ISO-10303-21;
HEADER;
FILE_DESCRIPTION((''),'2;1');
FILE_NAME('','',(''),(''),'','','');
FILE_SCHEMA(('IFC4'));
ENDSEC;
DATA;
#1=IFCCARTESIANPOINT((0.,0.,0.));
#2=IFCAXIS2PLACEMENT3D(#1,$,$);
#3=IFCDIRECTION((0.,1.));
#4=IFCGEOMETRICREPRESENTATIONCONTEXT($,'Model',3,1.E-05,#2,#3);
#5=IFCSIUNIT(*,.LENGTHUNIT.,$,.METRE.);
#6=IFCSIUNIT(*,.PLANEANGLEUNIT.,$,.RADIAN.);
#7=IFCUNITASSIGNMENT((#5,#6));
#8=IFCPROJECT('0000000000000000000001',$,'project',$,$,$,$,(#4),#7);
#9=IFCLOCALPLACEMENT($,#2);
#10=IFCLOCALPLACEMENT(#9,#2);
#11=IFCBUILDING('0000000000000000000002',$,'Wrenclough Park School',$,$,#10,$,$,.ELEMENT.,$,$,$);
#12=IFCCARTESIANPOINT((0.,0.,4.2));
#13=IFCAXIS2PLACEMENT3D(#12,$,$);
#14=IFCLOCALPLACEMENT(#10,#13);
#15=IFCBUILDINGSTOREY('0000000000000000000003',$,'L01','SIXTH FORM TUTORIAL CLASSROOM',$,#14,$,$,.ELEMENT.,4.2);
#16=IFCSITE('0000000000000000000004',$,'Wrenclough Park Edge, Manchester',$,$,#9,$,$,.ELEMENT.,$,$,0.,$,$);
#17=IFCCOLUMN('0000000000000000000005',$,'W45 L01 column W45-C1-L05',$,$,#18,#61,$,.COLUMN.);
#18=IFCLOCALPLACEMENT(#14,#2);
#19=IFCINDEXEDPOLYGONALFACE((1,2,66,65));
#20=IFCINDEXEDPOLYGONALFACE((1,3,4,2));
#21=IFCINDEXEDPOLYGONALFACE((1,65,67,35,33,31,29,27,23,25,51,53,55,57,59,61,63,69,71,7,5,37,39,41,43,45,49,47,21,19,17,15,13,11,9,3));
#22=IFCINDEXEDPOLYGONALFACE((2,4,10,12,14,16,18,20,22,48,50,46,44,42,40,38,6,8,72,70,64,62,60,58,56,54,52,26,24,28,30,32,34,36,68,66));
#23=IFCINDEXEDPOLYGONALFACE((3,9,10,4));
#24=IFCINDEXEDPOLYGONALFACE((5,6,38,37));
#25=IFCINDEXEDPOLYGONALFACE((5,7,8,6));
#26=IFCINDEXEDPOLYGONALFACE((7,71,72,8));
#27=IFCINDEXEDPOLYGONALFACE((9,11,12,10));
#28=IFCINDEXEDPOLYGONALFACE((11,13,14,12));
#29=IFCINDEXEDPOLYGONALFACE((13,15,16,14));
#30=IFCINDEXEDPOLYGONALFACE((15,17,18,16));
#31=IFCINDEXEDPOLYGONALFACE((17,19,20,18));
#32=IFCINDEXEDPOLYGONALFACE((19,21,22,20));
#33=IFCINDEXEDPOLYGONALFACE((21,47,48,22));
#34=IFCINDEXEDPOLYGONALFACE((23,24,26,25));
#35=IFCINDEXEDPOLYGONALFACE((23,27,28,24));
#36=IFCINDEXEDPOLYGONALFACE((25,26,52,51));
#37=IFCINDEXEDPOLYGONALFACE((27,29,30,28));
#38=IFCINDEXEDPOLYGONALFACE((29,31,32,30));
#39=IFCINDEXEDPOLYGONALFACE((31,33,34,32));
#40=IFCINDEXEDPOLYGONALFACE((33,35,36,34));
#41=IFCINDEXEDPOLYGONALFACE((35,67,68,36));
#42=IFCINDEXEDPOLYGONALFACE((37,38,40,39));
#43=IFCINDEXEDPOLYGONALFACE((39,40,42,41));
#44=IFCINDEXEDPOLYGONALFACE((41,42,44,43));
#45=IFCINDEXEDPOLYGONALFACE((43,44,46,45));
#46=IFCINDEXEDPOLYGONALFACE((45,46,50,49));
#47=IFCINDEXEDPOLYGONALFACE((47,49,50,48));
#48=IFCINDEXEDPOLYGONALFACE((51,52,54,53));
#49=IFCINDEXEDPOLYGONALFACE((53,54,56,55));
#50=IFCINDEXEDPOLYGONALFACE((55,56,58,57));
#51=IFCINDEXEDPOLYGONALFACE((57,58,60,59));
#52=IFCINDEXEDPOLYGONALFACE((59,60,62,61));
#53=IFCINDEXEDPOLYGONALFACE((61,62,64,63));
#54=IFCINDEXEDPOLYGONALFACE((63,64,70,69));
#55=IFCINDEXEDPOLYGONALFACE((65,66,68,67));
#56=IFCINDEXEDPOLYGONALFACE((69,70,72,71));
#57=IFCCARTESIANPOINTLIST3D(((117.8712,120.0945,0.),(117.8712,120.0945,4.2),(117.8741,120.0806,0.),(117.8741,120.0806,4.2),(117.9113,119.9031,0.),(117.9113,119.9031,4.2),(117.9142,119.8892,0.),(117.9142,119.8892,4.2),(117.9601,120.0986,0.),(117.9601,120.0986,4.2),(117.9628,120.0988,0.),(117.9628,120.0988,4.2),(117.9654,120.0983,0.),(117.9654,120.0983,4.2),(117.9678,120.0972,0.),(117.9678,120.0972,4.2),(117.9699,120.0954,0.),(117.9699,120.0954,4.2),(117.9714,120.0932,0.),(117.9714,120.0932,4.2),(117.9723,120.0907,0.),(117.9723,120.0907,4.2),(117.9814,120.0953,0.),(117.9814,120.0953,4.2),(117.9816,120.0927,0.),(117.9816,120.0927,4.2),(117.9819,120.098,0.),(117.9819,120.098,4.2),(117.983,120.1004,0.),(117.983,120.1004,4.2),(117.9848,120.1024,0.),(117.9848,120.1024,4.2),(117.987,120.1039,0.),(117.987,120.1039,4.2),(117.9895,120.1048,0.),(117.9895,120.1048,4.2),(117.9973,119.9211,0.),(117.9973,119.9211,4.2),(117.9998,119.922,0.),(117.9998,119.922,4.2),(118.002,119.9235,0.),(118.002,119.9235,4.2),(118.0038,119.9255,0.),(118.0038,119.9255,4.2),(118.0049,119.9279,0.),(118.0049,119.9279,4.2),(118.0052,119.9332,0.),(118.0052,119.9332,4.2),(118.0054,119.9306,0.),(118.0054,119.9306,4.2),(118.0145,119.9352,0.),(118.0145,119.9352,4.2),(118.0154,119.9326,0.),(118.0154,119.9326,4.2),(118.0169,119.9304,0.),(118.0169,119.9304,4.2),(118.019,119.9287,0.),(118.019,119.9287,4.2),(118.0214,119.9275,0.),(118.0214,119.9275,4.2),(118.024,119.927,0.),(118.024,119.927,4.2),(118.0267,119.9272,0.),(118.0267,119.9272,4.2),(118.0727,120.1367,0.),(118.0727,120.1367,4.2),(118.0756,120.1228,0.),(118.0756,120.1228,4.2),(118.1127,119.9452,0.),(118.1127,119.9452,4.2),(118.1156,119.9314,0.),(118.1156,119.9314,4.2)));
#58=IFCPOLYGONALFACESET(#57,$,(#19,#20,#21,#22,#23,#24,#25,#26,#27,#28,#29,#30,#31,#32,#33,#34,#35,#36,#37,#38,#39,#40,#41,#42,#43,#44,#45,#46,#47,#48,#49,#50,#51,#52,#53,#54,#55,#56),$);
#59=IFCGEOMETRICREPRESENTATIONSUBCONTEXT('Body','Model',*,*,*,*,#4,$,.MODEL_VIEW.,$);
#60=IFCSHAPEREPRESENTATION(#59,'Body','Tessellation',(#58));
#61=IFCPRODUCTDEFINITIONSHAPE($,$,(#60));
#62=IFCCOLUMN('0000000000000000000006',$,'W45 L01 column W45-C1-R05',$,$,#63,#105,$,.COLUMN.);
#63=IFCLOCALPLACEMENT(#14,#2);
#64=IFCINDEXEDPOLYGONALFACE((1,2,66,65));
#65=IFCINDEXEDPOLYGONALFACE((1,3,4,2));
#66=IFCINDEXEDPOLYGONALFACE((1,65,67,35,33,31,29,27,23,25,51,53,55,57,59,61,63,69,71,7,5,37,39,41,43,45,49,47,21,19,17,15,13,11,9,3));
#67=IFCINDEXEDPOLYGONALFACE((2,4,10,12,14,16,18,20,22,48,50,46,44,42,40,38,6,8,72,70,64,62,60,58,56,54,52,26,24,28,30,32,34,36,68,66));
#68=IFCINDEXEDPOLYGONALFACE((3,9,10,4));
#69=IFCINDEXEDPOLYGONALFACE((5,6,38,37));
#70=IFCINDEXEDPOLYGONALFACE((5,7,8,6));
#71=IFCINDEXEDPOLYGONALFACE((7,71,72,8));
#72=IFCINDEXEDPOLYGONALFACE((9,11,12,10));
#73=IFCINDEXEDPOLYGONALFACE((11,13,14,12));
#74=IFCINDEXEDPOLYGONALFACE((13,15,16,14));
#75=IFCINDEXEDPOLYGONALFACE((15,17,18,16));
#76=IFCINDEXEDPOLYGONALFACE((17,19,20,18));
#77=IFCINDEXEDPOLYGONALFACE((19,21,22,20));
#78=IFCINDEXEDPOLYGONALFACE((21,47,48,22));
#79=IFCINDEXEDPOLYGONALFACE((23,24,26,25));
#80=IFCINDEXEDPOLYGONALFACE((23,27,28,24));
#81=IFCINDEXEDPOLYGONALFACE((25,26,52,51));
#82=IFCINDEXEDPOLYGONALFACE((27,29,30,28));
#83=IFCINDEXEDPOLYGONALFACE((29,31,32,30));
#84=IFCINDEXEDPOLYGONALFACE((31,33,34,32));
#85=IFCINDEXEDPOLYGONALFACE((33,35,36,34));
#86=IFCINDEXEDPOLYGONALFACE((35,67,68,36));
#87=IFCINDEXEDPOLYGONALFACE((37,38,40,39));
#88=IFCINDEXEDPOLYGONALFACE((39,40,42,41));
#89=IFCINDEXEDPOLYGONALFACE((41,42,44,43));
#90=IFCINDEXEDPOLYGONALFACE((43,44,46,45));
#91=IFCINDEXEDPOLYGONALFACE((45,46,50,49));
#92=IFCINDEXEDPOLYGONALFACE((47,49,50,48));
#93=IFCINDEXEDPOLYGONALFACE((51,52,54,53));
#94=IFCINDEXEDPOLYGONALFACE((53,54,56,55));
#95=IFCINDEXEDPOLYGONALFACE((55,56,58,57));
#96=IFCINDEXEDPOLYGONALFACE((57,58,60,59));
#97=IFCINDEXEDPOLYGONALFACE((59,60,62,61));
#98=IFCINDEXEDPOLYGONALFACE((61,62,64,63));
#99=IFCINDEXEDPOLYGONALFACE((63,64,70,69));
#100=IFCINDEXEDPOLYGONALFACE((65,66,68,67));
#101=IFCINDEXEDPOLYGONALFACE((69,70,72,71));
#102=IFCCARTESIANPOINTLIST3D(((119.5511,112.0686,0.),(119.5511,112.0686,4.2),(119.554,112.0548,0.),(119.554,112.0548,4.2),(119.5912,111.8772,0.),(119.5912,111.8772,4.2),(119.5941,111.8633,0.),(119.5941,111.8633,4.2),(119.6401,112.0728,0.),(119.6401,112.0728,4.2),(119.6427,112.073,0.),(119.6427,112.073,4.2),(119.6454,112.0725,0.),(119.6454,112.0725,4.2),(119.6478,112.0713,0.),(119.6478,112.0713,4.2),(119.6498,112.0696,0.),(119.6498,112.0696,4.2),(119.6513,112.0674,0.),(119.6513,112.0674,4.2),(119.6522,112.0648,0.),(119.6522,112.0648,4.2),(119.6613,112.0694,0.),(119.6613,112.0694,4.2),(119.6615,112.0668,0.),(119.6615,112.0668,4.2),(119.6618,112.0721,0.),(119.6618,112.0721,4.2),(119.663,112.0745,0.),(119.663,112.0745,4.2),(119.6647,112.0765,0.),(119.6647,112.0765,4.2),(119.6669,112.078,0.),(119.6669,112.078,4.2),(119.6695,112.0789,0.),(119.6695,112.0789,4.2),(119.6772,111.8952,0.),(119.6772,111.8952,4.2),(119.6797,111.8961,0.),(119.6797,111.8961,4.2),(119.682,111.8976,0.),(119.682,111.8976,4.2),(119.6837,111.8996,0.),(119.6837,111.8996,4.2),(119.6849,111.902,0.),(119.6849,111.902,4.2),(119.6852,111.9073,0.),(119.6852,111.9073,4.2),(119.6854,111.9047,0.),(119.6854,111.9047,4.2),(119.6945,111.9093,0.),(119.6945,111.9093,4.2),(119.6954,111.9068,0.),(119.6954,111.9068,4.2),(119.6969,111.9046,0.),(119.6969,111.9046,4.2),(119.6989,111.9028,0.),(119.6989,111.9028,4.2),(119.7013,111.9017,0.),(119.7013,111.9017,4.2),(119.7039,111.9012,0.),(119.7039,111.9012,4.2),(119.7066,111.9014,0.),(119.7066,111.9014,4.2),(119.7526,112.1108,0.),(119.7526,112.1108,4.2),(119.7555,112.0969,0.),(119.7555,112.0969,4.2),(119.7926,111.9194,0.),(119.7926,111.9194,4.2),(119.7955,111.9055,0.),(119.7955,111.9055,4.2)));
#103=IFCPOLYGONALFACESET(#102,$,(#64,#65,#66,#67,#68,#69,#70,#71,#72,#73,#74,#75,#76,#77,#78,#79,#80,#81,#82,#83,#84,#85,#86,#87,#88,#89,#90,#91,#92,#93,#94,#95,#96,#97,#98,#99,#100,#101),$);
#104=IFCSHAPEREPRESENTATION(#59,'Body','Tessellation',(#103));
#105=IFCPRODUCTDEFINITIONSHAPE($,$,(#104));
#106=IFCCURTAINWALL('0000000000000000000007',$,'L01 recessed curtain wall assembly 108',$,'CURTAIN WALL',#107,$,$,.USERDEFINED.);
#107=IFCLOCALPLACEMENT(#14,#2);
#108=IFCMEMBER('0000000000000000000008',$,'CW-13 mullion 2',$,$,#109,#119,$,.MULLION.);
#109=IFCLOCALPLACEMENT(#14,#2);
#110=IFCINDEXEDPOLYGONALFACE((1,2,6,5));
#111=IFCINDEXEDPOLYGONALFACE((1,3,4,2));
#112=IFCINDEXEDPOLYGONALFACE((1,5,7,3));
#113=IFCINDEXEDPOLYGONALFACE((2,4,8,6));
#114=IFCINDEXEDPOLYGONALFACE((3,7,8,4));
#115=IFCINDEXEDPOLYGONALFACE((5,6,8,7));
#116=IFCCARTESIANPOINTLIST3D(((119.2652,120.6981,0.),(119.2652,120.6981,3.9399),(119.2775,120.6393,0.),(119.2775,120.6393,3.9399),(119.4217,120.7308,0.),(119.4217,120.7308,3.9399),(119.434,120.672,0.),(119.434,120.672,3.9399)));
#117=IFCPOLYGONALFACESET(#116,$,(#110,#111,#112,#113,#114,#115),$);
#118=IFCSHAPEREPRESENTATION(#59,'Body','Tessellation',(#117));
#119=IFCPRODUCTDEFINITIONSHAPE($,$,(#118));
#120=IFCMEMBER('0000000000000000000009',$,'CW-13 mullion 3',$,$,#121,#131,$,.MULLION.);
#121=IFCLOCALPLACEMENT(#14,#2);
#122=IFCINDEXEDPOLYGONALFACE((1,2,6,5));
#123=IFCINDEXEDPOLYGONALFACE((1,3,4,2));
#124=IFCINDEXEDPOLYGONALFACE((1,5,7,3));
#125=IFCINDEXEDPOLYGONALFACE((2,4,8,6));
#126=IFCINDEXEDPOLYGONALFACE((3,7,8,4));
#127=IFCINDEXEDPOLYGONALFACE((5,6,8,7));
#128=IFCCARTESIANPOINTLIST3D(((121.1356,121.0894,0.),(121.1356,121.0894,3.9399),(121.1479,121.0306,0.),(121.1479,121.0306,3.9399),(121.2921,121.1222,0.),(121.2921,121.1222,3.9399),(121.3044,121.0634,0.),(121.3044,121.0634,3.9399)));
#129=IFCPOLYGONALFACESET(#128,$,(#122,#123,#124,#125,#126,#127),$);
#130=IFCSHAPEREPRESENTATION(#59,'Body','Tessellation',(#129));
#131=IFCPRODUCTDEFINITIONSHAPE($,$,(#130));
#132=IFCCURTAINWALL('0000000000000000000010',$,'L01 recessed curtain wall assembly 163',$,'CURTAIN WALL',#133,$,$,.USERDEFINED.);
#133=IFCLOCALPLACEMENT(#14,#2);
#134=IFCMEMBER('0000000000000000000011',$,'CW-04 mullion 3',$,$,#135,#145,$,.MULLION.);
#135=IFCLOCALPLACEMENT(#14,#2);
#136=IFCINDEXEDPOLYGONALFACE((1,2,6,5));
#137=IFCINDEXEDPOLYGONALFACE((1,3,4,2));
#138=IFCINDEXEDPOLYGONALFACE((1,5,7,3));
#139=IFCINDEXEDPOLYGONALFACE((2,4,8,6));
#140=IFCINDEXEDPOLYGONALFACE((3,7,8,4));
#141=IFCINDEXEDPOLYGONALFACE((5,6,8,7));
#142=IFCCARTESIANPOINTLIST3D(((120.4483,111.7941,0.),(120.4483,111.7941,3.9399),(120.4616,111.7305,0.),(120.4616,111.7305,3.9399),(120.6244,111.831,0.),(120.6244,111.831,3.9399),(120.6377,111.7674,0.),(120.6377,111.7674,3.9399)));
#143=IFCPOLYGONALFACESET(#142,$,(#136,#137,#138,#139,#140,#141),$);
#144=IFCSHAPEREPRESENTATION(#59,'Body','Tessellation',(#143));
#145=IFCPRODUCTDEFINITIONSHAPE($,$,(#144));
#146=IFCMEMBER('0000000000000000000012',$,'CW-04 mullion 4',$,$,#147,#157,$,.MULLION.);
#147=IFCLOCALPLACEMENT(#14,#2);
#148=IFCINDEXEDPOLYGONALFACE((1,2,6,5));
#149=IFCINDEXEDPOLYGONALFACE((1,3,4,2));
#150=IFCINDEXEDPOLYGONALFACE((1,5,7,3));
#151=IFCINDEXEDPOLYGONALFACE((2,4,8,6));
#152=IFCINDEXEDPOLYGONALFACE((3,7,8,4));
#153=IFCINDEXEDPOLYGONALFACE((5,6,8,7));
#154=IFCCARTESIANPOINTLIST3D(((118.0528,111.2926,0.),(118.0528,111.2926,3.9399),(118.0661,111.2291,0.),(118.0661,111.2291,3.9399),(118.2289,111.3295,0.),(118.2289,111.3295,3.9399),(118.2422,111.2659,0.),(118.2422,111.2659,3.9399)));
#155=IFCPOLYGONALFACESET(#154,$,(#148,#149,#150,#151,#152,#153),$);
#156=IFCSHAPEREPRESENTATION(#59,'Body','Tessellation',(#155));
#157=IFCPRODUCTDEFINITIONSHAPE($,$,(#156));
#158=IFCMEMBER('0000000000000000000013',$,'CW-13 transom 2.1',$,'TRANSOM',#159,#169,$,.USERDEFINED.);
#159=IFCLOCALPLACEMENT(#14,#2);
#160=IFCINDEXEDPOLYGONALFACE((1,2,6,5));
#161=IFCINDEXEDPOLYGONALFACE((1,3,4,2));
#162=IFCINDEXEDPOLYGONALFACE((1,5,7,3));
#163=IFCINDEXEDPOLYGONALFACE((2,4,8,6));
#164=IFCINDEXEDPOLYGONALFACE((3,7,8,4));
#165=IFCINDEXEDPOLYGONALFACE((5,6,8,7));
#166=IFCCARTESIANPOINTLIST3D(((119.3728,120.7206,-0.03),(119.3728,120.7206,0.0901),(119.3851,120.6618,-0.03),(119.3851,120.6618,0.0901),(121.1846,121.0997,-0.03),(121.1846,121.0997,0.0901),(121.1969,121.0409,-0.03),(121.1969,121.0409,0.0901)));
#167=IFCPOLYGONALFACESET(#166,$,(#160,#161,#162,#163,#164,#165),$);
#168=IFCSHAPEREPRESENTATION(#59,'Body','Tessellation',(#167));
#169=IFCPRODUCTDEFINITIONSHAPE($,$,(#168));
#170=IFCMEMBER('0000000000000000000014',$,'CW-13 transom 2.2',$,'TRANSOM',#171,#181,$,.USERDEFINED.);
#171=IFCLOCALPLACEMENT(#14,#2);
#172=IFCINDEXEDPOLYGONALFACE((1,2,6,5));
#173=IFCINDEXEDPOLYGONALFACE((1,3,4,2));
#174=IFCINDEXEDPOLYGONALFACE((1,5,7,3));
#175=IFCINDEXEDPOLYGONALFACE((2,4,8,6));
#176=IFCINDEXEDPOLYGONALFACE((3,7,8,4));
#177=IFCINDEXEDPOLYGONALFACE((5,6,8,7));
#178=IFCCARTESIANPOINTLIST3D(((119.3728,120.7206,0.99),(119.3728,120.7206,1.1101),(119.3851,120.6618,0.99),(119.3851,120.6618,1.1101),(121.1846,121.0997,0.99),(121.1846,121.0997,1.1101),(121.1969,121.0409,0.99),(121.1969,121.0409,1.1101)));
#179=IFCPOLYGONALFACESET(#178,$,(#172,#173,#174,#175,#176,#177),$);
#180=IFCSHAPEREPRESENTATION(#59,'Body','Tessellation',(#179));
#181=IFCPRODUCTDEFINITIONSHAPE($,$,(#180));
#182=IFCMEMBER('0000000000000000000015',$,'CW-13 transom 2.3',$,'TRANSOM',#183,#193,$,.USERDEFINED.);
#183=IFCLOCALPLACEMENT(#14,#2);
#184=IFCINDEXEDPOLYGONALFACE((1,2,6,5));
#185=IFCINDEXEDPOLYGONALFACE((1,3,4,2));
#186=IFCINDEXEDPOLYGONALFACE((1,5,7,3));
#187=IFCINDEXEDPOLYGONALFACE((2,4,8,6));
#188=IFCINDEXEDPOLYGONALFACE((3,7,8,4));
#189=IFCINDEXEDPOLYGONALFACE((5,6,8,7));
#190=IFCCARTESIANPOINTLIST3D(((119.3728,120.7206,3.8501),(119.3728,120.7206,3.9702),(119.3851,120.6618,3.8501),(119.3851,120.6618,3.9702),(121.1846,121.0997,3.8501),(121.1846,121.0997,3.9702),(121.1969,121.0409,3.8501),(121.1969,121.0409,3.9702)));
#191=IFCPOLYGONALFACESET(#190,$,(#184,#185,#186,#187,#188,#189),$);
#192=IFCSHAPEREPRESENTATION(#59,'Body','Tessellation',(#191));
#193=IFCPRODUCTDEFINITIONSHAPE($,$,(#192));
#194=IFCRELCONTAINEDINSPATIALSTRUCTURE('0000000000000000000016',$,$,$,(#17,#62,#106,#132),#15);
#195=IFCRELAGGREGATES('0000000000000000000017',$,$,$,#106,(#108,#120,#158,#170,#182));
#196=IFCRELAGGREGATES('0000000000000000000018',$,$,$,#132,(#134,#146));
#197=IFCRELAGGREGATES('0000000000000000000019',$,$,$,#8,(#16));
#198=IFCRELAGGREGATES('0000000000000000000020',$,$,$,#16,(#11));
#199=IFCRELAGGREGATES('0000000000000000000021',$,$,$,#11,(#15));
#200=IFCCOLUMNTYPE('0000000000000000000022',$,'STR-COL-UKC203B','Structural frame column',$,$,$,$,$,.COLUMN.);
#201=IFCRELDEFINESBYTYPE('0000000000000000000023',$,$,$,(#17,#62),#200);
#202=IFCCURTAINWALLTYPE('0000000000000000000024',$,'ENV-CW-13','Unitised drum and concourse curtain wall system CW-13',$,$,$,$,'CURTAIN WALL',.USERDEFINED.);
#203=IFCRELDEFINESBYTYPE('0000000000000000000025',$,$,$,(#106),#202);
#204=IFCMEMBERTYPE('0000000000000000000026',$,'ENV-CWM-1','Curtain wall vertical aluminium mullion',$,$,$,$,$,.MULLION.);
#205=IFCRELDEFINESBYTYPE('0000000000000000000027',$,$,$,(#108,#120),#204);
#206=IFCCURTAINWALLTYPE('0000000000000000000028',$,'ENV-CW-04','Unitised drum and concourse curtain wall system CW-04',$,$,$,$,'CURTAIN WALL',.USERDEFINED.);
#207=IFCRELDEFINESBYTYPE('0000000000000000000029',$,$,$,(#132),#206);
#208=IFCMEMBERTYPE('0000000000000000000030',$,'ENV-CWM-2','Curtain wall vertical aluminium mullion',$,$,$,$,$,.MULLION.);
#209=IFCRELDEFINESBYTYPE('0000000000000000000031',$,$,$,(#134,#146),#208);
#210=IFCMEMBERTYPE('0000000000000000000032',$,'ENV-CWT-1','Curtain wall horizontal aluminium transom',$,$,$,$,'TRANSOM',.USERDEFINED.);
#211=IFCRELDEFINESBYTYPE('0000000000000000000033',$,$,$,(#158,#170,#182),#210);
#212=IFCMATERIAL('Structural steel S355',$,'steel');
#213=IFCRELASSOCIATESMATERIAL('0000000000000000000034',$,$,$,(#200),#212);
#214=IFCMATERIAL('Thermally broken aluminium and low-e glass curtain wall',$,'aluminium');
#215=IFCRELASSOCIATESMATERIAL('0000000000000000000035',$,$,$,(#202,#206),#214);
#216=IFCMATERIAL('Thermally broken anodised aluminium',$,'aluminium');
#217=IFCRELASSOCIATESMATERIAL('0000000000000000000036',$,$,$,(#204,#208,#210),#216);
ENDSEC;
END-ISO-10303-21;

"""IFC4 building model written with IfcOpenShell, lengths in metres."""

from ifc_helpers import new_model, si_unit, direction, frame, origin, origin_2d, place, context, subcontext, project, spatial, rectangle, i_section, extrude, material, material_profile, profile_set, type_object, element, aggregate, save


model = new_model("IFC4")

# Units and contexts
model_context = context("Model", 3, precision=1e-05, world=origin(), true_north=direction((0.0, 1.0)))
body_context = subcontext(model_context, "Body", "Model", "MODEL_VIEW")
ifc_project = project(units=[si_unit("LENGTHUNIT", "METRE"), si_unit("PLANEANGLEUNIT", "RADIAN")], contexts=[model_context])

# Site, building, storey
site_placement = place(None, origin())
site = spatial("IfcSite", under=ifc_project, at=site_placement, Name="Wrenclough Park Edge, Manchester", CompositionType="ELEMENT", RefElevation=0.0)
building_placement = place(site_placement, origin())
building = spatial("IfcBuilding", under=site, at=building_placement, Name="Wrenclough Park School", CompositionType="ELEMENT")
storey_placement = place(building_placement, frame((0.0, 0.0, 4.2)))
storey = spatial("IfcBuildingStorey", under=building, at=storey_placement, Name="L01", Description="SIXTH FORM TUTORIAL CLASSROOM", CompositionType="ELEMENT", Elevation=4.2)

# Columns
ifc_material_1 = material(Name="Structural steel S355", Category="steel")
ifc_material_profile_1 = material_profile(ifc_material_1, i_section(OverallWidth=0.2058, OverallDepth=0.2097, WebThickness=0.0095, FlangeThickness=0.0142, FilletRadius=0.0103, at=origin_2d()), Name="UKC 203x203x60")
ifc_profile_set_1 = profile_set([ifc_material_profile_1], Name="Structural steel S355")
column_type = type_object("IfcColumnType", Name="STR-COL-UKC203B", Description="Structural frame column", PredefinedType="COLUMN", material=ifc_profile_set_1)
for number, where, z_axis, x_axis, name in (
    (1, (117.9934, 120.0129, 0.0), (0.0, 0.0, 1.0), (0.978796, 0.204838, 0.0), "W45 L01 column W45-C1-L05"),
    (2, (119.6733, 111.9871, 0.0), (0.0, 0.0, 1.0), (0.978796, 0.204838, 0.0), "W45 L01 column W45-C1-R05"),
):
    element("IfcColumn", number, at=place(storey_placement, frame(where, z_axis=z_axis, x_axis=x_axis)), inside=storey, type_object=column_type, Name=name, PredefinedType="COLUMN", context=body_context, shape_type="SweptSolid", body=[
        extrude(i_section(OverallWidth=0.2058, OverallDepth=0.2097, WebThickness=0.0095, FlangeThickness=0.0142, FilletRadius=0.0103, at=origin_2d()), origin(), (0.0, 0.0, 1.0), 4.2),
    ])

# Curtain walls, members
ifc_material_2 = material(Name="Thermally broken aluminium and low-e glass curtain wall", Category="aluminium")
curtain_wall_type_1 = type_object("IfcCurtainWallType", Name="ENV-CW-13", Description="Unitised drum and concourse curtain wall system CW-13", ElementType="CURTAIN WALL", PredefinedType="USERDEFINED", material=ifc_material_2)
curtain_wall_1_placement = place(storey_placement, origin())
curtain_wall_1 = element("IfcCurtainWall", 3, at=curtain_wall_1_placement, inside=storey, type_object=curtain_wall_type_1, Name="L01 recessed curtain wall assembly 108", ObjectType="CURTAIN WALL", PredefinedType="USERDEFINED")
ifc_material_3 = material(Name="Thermally broken anodised aluminium", Category="aluminium")
ifc_material_profile_2 = material_profile(ifc_material_3, rectangle(XDim=0.0601, YDim=0.1599, at=origin_2d()), Name="AL MULLION 60x160")
ifc_profile_set_2 = profile_set([ifc_material_profile_2], Name="Thermally broken anodised aluminium")
member_type_1 = type_object("IfcMemberType", Name="ENV-CWM-1", Description="Curtain wall vertical aluminium mullion", PredefinedType="MULLION", material=ifc_profile_set_2)
member_1_placement = place(storey_placement, frame((119.3496, 120.6851, 0.0), z_axis=(0.0, 0.0, 1.0), x_axis=(-0.204871, 0.978789, 0.0)))
member_1 = element("IfcMember", 4, at=member_1_placement, type_object=member_type_1, Name="CW-13 mullion 2", PredefinedType="MULLION", context=body_context, shape_type="SweptSolid", body=[
    extrude(rectangle(XDim=0.0601, YDim=0.1599, at=origin_2d()), origin(), (0.0, 0.0, 1.0), 3.9399),
])
member_2_placement = place(storey_placement, frame((121.22, 121.0764, 0.0), z_axis=(0.0, 0.0, 1.0), x_axis=(-0.204871, 0.978789, 0.0)))
member_2 = element("IfcMember", 5, at=member_2_placement, type_object=member_type_1, Name="CW-13 mullion 3", PredefinedType="MULLION", context=body_context, shape_type="SweptSolid", body=[
    extrude(rectangle(XDim=0.0601, YDim=0.1599, at=origin_2d()), origin(), (0.0, 0.0, 1.0), 3.9399),
])
curtain_wall_type_2 = type_object("IfcCurtainWallType", Name="ENV-CW-04", Description="Unitised drum and concourse curtain wall system CW-04", ElementType="CURTAIN WALL", PredefinedType="USERDEFINED", material=ifc_material_2)
curtain_wall_2_placement = place(storey_placement, origin())
curtain_wall_2 = element("IfcCurtainWall", 6, at=curtain_wall_2_placement, inside=storey, type_object=curtain_wall_type_2, Name="L01 recessed curtain wall assembly 163", ObjectType="CURTAIN WALL", PredefinedType="USERDEFINED")
ifc_material_profile_3 = material_profile(ifc_material_3, rectangle(XDim=0.0649, YDim=0.1799, at=origin_2d()), Name="AL MULLION 65x180")
ifc_profile_set_3 = profile_set([ifc_material_profile_3], Name="Thermally broken anodised aluminium")
member_type_2 = type_object("IfcMemberType", Name="ENV-CWM-2", Description="Curtain wall vertical aluminium mullion", PredefinedType="MULLION", material=ifc_profile_set_3)
member_3_placement = place(storey_placement, frame((120.543, 111.7808, 0.0), z_axis=(0.0, 0.0, 1.0), x_axis=(0.204874, -0.978788, 0.0)))
member_3 = element("IfcMember", 7, at=member_3_placement, type_object=member_type_2, Name="CW-04 mullion 3", PredefinedType="MULLION", context=body_context, shape_type="SweptSolid", body=[
    extrude(rectangle(XDim=0.0649, YDim=0.1799, at=origin_2d()), origin(), (0.0, 0.0, 1.0), 3.9399),
])
member_4_placement = place(storey_placement, frame((118.1475, 111.2793, 0.0), z_axis=(0.0, 0.0, 1.0), x_axis=(0.204874, -0.978788, 0.0)))
member_4 = element("IfcMember", 8, at=member_4_placement, type_object=member_type_2, Name="CW-04 mullion 4", PredefinedType="MULLION", context=body_context, shape_type="SweptSolid", body=[
    extrude(rectangle(XDim=0.0649, YDim=0.1799, at=origin_2d()), origin(), (0.0, 0.0, 1.0), 3.9399),
])

# Members
ifc_material_profile_4 = material_profile(ifc_material_3, rectangle(XDim=0.0601, YDim=0.1201, at=origin_2d()), Name="AL TRANSOM 60x120")
ifc_profile_set_4 = profile_set([ifc_material_profile_4], Name="Thermally broken anodised aluminium")
member_type_3 = type_object("IfcMemberType", Name="ENV-CWT-1", Description="Curtain wall horizontal aluminium transom", ElementType="TRANSOM", PredefinedType="USERDEFINED", material=ifc_profile_set_4)
member_5_placement = place(storey_placement, frame((119.3789, 120.6912, 0.03), z_axis=(0.978797, 0.204834, 0.0), x_axis=(-0.204834, 0.978797, 0.0)))
member_5 = element("IfcMember", 9, at=member_5_placement, type_object=member_type_3, Name="CW-13 transom 2.1", ObjectType="TRANSOM", PredefinedType="USERDEFINED", context=body_context, shape_type="SweptSolid", body=[
    extrude(rectangle(XDim=0.0601, YDim=0.1201, at=origin_2d()), origin(), (0.0, 0.0, 1.0), 1.8511),
])
member_6_placement = place(storey_placement, frame((119.3789, 120.6912, 1.05), z_axis=(0.978797, 0.204834, 0.0), x_axis=(-0.204834, 0.978797, 0.0)))
member_6 = element("IfcMember", 10, at=member_6_placement, type_object=member_type_3, Name="CW-13 transom 2.2", ObjectType="TRANSOM", PredefinedType="USERDEFINED", context=body_context, shape_type="SweptSolid", body=[
    extrude(rectangle(XDim=0.0601, YDim=0.1201, at=origin_2d()), origin(), (0.0, 0.0, 1.0), 1.8511),
])
member_7_placement = place(storey_placement, frame((119.3789, 120.6912, 3.9102), z_axis=(0.978797, 0.204834, 0.0), x_axis=(-0.204834, 0.978797, 0.0)))
member_7 = element("IfcMember", 11, at=member_7_placement, type_object=member_type_3, Name="CW-13 transom 2.3", ObjectType="TRANSOM", PredefinedType="USERDEFINED", context=body_context, shape_type="SweptSolid", body=[
    extrude(rectangle(XDim=0.0601, YDim=0.1201, at=origin_2d()), origin(), (0.0, 0.0, 1.0), 1.8511),
])

aggregate(curtain_wall_1, [member_1, member_2, member_5, member_6, member_7])
aggregate(curtain_wall_2, [member_3, member_4])

save(model, "model.ifc")
